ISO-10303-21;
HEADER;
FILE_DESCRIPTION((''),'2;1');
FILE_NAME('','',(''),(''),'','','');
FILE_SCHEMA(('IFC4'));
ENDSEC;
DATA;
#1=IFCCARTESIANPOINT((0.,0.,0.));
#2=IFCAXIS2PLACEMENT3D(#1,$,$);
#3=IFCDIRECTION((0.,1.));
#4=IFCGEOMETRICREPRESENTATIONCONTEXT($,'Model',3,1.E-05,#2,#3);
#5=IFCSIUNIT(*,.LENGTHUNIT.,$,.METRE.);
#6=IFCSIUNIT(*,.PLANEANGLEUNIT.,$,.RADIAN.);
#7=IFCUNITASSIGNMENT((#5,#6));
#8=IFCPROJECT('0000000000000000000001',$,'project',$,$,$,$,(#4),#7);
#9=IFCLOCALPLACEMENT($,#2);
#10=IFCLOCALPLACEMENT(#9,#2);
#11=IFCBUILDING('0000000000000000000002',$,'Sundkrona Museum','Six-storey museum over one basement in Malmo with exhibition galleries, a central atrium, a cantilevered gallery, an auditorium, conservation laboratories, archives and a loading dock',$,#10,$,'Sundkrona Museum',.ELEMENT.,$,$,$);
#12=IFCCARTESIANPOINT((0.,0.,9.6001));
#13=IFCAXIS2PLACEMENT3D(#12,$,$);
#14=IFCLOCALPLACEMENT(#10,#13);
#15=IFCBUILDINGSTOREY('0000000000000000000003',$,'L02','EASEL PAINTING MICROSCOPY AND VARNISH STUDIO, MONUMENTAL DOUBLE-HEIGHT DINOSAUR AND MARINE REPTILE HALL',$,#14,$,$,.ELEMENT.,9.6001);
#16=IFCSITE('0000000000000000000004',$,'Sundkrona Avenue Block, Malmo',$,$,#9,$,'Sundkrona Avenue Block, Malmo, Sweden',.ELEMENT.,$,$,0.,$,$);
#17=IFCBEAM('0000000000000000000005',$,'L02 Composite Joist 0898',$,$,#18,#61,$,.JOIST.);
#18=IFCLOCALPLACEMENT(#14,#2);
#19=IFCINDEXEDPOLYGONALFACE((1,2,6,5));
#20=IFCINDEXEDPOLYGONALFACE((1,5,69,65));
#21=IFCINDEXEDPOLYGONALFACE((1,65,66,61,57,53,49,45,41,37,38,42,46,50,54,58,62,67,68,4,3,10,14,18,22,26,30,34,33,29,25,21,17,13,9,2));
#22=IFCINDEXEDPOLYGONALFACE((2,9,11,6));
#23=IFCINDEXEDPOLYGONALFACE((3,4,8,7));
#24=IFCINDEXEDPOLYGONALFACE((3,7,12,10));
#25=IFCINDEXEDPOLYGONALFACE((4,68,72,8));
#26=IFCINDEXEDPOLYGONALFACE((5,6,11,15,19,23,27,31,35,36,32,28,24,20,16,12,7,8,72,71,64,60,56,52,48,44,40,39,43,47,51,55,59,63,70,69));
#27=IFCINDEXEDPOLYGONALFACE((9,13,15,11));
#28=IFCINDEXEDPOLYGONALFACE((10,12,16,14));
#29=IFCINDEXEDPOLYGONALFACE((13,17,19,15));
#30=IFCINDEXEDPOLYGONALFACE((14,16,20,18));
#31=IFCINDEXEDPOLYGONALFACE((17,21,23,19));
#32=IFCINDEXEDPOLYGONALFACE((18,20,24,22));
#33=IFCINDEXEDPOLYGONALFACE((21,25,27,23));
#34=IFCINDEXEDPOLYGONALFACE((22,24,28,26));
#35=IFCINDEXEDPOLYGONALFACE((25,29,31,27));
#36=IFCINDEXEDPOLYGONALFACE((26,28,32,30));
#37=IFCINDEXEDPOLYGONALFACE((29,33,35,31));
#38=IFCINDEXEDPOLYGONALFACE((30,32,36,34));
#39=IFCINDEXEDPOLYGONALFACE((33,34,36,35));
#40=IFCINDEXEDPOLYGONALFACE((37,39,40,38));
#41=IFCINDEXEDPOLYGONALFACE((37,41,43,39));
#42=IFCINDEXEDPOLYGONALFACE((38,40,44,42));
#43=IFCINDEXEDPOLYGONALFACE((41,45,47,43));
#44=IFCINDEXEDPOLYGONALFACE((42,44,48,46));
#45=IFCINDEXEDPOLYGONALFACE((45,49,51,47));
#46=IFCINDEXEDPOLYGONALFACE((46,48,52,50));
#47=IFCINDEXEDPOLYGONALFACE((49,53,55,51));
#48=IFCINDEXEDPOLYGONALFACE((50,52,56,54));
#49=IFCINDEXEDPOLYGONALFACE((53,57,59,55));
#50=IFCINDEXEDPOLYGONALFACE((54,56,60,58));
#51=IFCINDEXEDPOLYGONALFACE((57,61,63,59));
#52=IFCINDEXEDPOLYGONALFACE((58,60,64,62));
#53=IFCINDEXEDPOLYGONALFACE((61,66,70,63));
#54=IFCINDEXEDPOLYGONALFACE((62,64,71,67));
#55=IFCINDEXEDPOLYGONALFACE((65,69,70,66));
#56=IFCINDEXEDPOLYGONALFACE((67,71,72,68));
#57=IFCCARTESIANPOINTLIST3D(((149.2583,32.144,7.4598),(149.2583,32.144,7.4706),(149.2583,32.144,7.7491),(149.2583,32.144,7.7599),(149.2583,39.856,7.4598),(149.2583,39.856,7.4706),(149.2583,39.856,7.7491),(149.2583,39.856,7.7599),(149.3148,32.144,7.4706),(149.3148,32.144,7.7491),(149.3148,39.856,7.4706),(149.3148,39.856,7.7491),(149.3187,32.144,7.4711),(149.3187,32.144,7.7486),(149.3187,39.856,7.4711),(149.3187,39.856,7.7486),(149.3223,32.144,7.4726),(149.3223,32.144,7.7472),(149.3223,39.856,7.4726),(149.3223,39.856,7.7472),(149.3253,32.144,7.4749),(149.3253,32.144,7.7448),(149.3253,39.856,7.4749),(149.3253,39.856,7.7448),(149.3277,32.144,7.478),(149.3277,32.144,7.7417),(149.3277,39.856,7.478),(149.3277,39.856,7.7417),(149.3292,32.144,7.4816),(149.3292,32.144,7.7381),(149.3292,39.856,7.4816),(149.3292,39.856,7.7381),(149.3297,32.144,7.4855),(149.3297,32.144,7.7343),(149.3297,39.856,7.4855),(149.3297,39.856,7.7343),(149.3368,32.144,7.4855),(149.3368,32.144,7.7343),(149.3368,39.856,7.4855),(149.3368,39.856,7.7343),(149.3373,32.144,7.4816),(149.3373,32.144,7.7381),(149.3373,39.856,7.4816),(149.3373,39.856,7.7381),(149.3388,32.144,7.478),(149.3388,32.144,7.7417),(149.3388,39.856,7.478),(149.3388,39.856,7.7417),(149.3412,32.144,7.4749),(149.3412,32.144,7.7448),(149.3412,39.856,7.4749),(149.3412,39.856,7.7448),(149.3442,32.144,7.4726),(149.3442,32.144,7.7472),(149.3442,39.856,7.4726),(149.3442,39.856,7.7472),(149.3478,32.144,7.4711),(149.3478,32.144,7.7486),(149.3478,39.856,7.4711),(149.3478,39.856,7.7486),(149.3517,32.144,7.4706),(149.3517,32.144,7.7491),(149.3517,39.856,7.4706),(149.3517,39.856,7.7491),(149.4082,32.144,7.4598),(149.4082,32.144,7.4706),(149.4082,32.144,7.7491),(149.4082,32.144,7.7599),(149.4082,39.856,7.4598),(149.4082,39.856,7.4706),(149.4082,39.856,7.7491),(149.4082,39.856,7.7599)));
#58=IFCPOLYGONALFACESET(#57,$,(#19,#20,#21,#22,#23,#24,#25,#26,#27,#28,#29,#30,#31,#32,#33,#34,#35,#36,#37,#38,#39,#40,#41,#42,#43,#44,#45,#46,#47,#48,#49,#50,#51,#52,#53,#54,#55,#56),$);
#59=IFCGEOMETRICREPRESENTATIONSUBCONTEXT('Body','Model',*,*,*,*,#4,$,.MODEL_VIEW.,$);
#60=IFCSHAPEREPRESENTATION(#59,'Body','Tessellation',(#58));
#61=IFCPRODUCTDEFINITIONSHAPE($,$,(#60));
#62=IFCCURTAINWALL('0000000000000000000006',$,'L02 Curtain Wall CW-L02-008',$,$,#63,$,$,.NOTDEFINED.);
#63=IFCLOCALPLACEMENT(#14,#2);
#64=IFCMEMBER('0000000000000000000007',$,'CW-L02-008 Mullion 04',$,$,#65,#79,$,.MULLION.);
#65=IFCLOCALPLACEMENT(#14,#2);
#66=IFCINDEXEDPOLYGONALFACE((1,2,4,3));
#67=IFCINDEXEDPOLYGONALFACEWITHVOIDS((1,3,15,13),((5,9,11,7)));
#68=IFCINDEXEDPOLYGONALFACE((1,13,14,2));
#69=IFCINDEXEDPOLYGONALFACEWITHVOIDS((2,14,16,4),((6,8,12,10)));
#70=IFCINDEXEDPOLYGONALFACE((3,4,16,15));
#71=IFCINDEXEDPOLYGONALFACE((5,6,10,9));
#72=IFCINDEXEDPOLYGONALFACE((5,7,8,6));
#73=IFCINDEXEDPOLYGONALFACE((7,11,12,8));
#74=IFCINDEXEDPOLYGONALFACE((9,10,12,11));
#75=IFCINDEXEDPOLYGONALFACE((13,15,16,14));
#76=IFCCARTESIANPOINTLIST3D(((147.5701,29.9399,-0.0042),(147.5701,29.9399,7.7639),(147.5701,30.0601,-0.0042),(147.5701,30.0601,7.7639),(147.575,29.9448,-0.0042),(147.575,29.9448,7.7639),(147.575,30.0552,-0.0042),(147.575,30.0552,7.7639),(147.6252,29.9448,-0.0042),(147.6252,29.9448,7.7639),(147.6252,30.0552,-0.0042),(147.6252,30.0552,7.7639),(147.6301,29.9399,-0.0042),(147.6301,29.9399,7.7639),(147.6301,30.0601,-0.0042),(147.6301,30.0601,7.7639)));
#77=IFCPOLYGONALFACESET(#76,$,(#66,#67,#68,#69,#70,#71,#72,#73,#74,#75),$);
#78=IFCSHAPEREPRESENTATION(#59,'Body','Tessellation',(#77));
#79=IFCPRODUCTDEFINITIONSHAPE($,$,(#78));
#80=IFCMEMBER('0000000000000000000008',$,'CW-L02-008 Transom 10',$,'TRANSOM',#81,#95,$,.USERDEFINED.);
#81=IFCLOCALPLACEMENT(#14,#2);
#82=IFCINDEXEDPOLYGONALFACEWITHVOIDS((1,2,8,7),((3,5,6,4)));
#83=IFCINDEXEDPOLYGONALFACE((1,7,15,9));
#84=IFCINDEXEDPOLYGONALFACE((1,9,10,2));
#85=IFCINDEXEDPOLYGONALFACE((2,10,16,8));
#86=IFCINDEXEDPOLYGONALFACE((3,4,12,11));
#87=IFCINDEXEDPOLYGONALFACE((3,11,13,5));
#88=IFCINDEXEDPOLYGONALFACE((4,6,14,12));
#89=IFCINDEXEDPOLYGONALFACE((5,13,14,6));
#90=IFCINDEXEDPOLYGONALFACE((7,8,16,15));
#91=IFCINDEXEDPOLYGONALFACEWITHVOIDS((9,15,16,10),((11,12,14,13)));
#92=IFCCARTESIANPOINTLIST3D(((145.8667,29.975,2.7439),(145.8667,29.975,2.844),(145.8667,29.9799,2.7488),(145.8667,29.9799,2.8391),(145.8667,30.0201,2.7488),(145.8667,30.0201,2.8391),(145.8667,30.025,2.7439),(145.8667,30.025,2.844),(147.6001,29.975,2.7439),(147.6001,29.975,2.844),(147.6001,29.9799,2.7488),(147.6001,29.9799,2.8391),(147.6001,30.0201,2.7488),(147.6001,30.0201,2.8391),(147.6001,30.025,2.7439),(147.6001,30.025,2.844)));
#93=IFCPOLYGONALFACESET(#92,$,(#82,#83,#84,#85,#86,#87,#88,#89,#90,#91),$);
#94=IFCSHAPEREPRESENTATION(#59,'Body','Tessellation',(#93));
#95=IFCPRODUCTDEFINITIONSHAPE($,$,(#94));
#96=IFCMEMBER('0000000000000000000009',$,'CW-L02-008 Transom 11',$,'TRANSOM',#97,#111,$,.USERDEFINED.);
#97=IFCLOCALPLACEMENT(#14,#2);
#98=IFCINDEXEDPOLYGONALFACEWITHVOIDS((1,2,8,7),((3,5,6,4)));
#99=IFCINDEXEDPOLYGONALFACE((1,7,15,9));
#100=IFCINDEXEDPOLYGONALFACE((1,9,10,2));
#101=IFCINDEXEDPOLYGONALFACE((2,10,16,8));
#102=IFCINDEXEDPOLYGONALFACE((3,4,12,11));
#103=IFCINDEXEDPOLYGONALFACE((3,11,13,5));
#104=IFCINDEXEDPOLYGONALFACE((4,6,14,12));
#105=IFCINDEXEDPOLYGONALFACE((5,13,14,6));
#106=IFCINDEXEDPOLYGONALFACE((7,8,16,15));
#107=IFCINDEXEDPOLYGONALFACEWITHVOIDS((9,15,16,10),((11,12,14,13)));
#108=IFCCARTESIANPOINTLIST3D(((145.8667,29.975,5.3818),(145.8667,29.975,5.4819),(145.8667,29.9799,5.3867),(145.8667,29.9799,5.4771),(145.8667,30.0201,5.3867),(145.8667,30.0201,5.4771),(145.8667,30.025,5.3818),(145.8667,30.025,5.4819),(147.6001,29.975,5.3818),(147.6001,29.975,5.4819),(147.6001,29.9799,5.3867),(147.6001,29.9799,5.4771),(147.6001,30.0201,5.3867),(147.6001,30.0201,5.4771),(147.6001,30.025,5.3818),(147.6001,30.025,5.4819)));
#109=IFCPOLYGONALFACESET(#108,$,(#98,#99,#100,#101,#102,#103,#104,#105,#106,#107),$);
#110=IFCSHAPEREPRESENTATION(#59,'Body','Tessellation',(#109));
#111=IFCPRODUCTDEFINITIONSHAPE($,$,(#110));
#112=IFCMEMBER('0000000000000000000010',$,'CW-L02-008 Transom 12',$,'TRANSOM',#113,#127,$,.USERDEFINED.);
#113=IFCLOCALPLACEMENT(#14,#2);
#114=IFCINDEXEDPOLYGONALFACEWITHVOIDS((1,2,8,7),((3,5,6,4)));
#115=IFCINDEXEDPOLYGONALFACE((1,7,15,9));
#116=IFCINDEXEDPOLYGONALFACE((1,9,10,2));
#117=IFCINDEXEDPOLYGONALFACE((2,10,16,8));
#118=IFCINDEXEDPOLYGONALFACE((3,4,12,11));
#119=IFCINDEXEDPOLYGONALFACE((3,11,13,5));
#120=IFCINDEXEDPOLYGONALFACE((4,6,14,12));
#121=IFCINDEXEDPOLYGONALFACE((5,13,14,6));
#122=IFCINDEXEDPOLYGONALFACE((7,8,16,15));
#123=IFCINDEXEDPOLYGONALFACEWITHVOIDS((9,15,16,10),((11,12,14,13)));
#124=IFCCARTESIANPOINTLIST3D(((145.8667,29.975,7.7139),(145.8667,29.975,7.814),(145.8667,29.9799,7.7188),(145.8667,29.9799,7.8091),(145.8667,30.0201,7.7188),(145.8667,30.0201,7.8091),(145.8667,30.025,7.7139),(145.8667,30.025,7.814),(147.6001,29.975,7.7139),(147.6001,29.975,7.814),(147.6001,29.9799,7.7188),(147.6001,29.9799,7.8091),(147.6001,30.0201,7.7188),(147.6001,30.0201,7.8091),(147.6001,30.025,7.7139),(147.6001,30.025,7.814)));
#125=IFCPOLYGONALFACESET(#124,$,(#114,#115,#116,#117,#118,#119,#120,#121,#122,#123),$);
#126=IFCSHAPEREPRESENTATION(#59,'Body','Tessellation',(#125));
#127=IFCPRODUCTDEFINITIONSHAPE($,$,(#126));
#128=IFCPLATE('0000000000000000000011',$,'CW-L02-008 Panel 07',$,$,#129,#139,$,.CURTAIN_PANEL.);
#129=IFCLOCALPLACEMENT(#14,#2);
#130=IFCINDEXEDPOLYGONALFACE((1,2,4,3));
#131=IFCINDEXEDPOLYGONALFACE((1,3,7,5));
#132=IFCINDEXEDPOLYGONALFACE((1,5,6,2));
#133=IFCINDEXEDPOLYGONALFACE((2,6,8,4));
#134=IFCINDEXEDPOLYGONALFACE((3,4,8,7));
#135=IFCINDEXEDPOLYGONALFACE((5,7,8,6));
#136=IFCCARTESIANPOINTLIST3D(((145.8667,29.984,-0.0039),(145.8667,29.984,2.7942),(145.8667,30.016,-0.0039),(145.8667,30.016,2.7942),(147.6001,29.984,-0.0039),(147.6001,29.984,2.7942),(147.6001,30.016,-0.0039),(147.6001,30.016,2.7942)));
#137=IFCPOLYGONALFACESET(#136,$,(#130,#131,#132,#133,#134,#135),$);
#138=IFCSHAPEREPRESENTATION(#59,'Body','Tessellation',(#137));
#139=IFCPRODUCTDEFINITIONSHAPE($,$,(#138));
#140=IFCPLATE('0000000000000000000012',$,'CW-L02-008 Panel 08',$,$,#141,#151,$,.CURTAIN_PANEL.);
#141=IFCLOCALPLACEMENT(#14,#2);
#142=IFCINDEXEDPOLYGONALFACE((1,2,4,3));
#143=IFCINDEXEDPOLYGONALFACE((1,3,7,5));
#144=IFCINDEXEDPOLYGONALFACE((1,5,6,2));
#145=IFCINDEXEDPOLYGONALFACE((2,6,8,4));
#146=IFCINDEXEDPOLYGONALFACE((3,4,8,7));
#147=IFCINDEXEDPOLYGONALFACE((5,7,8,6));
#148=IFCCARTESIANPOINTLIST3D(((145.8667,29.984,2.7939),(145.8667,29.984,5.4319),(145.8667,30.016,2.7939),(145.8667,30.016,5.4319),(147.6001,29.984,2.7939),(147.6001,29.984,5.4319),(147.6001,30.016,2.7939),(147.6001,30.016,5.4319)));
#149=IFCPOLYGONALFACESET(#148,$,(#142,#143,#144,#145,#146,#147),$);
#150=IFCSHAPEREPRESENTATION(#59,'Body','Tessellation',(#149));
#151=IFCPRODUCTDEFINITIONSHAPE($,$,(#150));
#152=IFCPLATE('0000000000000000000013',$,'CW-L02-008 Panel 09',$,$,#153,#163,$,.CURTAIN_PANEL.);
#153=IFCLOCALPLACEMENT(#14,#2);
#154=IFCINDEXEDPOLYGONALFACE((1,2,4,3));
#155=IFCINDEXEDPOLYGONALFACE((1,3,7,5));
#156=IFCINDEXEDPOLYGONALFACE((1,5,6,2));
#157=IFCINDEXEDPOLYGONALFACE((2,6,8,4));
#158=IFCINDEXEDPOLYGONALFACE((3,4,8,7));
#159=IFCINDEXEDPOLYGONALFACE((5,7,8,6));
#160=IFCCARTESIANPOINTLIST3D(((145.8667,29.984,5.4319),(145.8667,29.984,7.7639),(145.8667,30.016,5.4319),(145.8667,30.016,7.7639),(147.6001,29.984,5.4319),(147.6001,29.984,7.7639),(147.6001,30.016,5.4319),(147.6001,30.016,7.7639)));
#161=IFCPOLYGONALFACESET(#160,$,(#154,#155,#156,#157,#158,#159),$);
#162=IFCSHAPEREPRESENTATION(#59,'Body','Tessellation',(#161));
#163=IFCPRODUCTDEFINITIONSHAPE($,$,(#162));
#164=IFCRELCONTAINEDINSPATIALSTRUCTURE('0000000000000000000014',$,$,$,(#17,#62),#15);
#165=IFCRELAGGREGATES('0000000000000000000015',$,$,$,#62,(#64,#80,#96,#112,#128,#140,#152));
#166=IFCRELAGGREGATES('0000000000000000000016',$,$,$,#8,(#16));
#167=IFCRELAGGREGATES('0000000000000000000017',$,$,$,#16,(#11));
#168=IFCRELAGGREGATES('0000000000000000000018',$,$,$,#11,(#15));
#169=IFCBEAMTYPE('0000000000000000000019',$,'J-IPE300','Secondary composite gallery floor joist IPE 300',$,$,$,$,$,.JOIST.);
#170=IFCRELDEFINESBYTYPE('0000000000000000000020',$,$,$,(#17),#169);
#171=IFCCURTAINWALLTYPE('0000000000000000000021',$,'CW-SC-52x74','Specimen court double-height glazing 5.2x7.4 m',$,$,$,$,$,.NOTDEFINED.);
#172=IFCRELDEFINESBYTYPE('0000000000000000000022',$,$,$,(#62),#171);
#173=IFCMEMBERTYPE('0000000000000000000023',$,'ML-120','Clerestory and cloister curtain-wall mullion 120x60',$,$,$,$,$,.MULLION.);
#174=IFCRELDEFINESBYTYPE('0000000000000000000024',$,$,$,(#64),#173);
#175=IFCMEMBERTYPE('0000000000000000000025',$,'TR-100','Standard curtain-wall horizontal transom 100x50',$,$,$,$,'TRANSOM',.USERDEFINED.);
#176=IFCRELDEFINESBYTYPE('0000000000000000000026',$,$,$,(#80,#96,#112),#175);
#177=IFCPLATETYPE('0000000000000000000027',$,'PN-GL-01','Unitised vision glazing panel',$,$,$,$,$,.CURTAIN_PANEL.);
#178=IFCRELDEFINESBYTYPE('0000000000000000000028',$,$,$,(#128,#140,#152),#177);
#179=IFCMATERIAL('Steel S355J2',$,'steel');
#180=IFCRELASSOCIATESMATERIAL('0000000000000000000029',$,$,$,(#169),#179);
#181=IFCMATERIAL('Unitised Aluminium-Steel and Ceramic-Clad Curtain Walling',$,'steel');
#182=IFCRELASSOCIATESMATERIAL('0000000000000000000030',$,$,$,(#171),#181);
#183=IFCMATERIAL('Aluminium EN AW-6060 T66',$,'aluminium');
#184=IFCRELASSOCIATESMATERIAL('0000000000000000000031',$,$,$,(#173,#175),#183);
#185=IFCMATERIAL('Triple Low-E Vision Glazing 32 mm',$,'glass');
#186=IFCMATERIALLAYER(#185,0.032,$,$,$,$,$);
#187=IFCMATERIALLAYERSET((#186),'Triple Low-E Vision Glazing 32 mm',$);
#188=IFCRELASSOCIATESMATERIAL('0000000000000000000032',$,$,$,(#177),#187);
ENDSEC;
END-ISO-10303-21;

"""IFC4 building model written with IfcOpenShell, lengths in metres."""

from ifc_helpers import new_model, si_unit, direction, frame, origin, origin_2d, place, context, subcontext, project, spatial, rectangle, hollow_rectangle, i_section, extrude, material, layer, layer_set, material_profile, profile_set, type_object, element, aggregate, save


model = new_model("IFC4")

# Units and contexts
model_context = context("Model", 3, precision=1e-05, world=origin(), true_north=direction((0.0, 1.0)))
body_context = subcontext(model_context, "Body", "Model", "MODEL_VIEW")
ifc_project = project(units=[si_unit("LENGTHUNIT", "METRE"), si_unit("PLANEANGLEUNIT", "RADIAN")], contexts=[model_context])

# Site, building, storey
site_placement = place(None, origin())
site = spatial("IfcSite", under=ifc_project, at=site_placement, Name="Sundkrona Avenue Block, Malmo", LongName="Sundkrona Avenue Block, Malmo, Sweden", CompositionType="ELEMENT", RefElevation=0.0)
building_placement = place(site_placement, origin())
building = spatial("IfcBuilding", under=site, at=building_placement, Name="Sundkrona Museum", Description="Six-storey museum over one basement in Malmo with exhibition galleries, a central atrium, a cantilevered gallery, an auditorium, conservation laboratories, archives and a loading dock", LongName="Sundkrona Museum", CompositionType="ELEMENT")
storey_placement = place(building_placement, frame((0.0, 0.0, 9.6001)))
storey = spatial("IfcBuildingStorey", under=building, at=storey_placement, Name="L02", Description="EASEL PAINTING MICROSCOPY AND VARNISH STUDIO, MONUMENTAL DOUBLE-HEIGHT DINOSAUR AND MARINE REPTILE HALL", CompositionType="ELEMENT", Elevation=9.6001)

# Shared definitions
ifc_material_1 = material(Name="Steel S355J2", Category="steel")

# Beam
ifc_material_profile_1 = material_profile(ifc_material_1, i_section(OverallWidth=0.1499, OverallDepth=0.3, WebThickness=0.0071, FlangeThickness=0.0107, FilletRadius=0.0149, at=origin_2d()), Name="IPE 300")
ifc_profile_set_1 = profile_set([ifc_material_profile_1], Name="Steel S355J2")
beam_type_1 = type_object("IfcBeamType", Name="J-IPE300", Description="Secondary composite gallery floor joist IPE 300", PredefinedType="JOIST", material=ifc_profile_set_1)
for number, where, z_axis, x_axis, name in (
    (1, (149.3333, 32.144, 7.6099), (0.0, 1.0, 0.0), (-1.0, 0.0, 0.0), "L02 Composite Joist 0898"),
):
    element("IfcBeam", number, at=place(storey_placement, frame(where, z_axis=z_axis, x_axis=x_axis)), inside=storey, type_object=beam_type_1, Name=name, PredefinedType="JOIST", context=body_context, shape_type="SweptSolid", body=[
        extrude(i_section(OverallWidth=0.1499, OverallDepth=0.3, WebThickness=0.0071, FlangeThickness=0.0107, FilletRadius=0.0149, at=origin_2d()), origin(), (0.0, 0.0, 1.0), 7.7119),
    ])

# Curtain wall, members, plates
ifc_material_2 = material(Name="Unitised Aluminium-Steel and Ceramic-Clad Curtain Walling", Category="steel")
curtain_wall_type = type_object("IfcCurtainWallType", Name="CW-SC-52x74", Description="Specimen court double-height glazing 5.2x7.4 m", PredefinedType="NOTDEFINED", material=ifc_material_2)
curtain_wall_placement = place(storey_placement, origin())
curtain_wall = element("IfcCurtainWall", 2, at=curtain_wall_placement, inside=storey, type_object=curtain_wall_type, Name="L02 Curtain Wall CW-L02-008", PredefinedType="NOTDEFINED")
ifc_material_3 = material(Name="Aluminium EN AW-6060 T66", Category="aluminium")
ifc_material_profile_2 = material_profile(ifc_material_3, hollow_rectangle(XDim=0.0601, YDim=0.1201, WallThickness=0.0049, at=origin_2d()), Name="RHS 120x60x5.0")
ifc_profile_set_2 = profile_set([ifc_material_profile_2], Name="Aluminium EN AW-6060 T66")
member_type_1 = type_object("IfcMemberType", Name="ML-120", Description="Clerestory and cloister curtain-wall mullion 120x60", PredefinedType="MULLION", material=ifc_profile_set_2)
member_1_placement = place(storey_placement, frame((147.6001, 30.0, -0.0042), z_axis=(0.0, 0.0, 1.0), x_axis=(1.0, 0.0, 0.0)))
member_1 = element("IfcMember", 3, at=member_1_placement, type_object=member_type_1, Name="CW-L02-008 Mullion 04", PredefinedType="MULLION", context=body_context, shape_type="SweptSolid", body=[
    extrude(hollow_rectangle(XDim=0.0601, YDim=0.1201, WallThickness=0.0049, at=origin_2d()), origin(), (0.0, 0.0, 1.0), 7.7681),
])
ifc_material_profile_3 = material_profile(ifc_material_3, hollow_rectangle(XDim=0.05, YDim=0.1001, WallThickness=0.0049, at=origin_2d()), Name="RHS 100x50x5.0")
ifc_profile_set_3 = profile_set([ifc_material_profile_3], Name="Aluminium EN AW-6060 T66")
member_type_2 = type_object("IfcMemberType", Name="TR-100", Description="Standard curtain-wall horizontal transom 100x50", ElementType="TRANSOM", PredefinedType="USERDEFINED", material=ifc_profile_set_3)
member_2_placement = place(storey_placement, frame((145.8667, 30.0, 2.7939), z_axis=(1.0, 0.0, 0.0), x_axis=(0.0, 1.0, 0.0)))
member_2 = element("IfcMember", 4, at=member_2_placement, type_object=member_type_2, Name="CW-L02-008 Transom 10", ObjectType="TRANSOM", PredefinedType="USERDEFINED", context=body_context, shape_type="SweptSolid", body=[
    extrude(hollow_rectangle(XDim=0.05, YDim=0.1001, WallThickness=0.0049, at=origin_2d()), origin(), (0.0, 0.0, 1.0), 1.7334),
])
member_3_placement = place(storey_placement, frame((145.8667, 30.0, 5.4319), z_axis=(1.0, 0.0, 0.0), x_axis=(0.0, 1.0, 0.0)))
member_3 = element("IfcMember", 5, at=member_3_placement, type_object=member_type_2, Name="CW-L02-008 Transom 11", ObjectType="TRANSOM", PredefinedType="USERDEFINED", context=body_context, shape_type="SweptSolid", body=[
    extrude(hollow_rectangle(XDim=0.05, YDim=0.1001, WallThickness=0.0049, at=origin_2d()), origin(), (0.0, 0.0, 1.0), 1.7334),
])
member_4_placement = place(storey_placement, frame((145.8667, 30.0, 7.7639), z_axis=(1.0, 0.0, 0.0), x_axis=(0.0, 1.0, 0.0)))
member_4 = element("IfcMember", 6, at=member_4_placement, type_object=member_type_2, Name="CW-L02-008 Transom 12", ObjectType="TRANSOM", PredefinedType="USERDEFINED", context=body_context, shape_type="SweptSolid", body=[
    extrude(hollow_rectangle(XDim=0.05, YDim=0.1001, WallThickness=0.0049, at=origin_2d()), origin(), (0.0, 0.0, 1.0), 1.7334),
])
ifc_material_4 = material(Name="Triple Low-E Vision Glazing 32 mm", Category="glass")
ifc_layer_1 = layer(ifc_material_4, 0.032)
ifc_layer_set_1 = layer_set([ifc_layer_1], Name="Triple Low-E Vision Glazing 32 mm")
plate_type = type_object("IfcPlateType", Name="PN-GL-01", Description="Unitised vision glazing panel", PredefinedType="CURTAIN_PANEL", material=ifc_layer_set_1)
plate_1_placement = place(storey_placement, frame((146.7334, 30.0, -0.0039), z_axis=(0.0, 0.0, 1.0), x_axis=(1.0, 0.0, 0.0)))
plate_1 = element("IfcPlate", 7, at=plate_1_placement, type_object=plate_type, Name="CW-L02-008 Panel 07", PredefinedType="CURTAIN_PANEL", context=body_context, shape_type="SweptSolid", body=[
    extrude(rectangle(XDim=1.7334, YDim=0.032, at=origin_2d()), origin(), (0.0, 0.0, 1.0), 2.7981),
])
plate_2_placement = place(storey_placement, frame((146.7334, 30.0, 2.7939), z_axis=(0.0, 0.0, 1.0), x_axis=(1.0, 0.0, 0.0)))
plate_2 = element("IfcPlate", 8, at=plate_2_placement, type_object=plate_type, Name="CW-L02-008 Panel 08", PredefinedType="CURTAIN_PANEL", context=body_context, shape_type="SweptSolid", body=[
    extrude(rectangle(XDim=1.7334, YDim=0.032, at=origin_2d()), origin(), (0.0, 0.0, 1.0), 2.6379),
])
plate_3_placement = place(storey_placement, frame((146.7334, 30.0, 5.4319), z_axis=(0.0, 0.0, 1.0), x_axis=(1.0, 0.0, 0.0)))
plate_3 = element("IfcPlate", 9, at=plate_3_placement, type_object=plate_type, Name="CW-L02-008 Panel 09", PredefinedType="CURTAIN_PANEL", context=body_context, shape_type="SweptSolid", body=[
    extrude(rectangle(XDim=1.7334, YDim=0.032, at=origin_2d()), origin(), (0.0, 0.0, 1.0), 2.332),
])
aggregate(curtain_wall, [member_1, member_2, member_3, member_4, plate_1, plate_2, plate_3])

save(model, "model.ifc")
